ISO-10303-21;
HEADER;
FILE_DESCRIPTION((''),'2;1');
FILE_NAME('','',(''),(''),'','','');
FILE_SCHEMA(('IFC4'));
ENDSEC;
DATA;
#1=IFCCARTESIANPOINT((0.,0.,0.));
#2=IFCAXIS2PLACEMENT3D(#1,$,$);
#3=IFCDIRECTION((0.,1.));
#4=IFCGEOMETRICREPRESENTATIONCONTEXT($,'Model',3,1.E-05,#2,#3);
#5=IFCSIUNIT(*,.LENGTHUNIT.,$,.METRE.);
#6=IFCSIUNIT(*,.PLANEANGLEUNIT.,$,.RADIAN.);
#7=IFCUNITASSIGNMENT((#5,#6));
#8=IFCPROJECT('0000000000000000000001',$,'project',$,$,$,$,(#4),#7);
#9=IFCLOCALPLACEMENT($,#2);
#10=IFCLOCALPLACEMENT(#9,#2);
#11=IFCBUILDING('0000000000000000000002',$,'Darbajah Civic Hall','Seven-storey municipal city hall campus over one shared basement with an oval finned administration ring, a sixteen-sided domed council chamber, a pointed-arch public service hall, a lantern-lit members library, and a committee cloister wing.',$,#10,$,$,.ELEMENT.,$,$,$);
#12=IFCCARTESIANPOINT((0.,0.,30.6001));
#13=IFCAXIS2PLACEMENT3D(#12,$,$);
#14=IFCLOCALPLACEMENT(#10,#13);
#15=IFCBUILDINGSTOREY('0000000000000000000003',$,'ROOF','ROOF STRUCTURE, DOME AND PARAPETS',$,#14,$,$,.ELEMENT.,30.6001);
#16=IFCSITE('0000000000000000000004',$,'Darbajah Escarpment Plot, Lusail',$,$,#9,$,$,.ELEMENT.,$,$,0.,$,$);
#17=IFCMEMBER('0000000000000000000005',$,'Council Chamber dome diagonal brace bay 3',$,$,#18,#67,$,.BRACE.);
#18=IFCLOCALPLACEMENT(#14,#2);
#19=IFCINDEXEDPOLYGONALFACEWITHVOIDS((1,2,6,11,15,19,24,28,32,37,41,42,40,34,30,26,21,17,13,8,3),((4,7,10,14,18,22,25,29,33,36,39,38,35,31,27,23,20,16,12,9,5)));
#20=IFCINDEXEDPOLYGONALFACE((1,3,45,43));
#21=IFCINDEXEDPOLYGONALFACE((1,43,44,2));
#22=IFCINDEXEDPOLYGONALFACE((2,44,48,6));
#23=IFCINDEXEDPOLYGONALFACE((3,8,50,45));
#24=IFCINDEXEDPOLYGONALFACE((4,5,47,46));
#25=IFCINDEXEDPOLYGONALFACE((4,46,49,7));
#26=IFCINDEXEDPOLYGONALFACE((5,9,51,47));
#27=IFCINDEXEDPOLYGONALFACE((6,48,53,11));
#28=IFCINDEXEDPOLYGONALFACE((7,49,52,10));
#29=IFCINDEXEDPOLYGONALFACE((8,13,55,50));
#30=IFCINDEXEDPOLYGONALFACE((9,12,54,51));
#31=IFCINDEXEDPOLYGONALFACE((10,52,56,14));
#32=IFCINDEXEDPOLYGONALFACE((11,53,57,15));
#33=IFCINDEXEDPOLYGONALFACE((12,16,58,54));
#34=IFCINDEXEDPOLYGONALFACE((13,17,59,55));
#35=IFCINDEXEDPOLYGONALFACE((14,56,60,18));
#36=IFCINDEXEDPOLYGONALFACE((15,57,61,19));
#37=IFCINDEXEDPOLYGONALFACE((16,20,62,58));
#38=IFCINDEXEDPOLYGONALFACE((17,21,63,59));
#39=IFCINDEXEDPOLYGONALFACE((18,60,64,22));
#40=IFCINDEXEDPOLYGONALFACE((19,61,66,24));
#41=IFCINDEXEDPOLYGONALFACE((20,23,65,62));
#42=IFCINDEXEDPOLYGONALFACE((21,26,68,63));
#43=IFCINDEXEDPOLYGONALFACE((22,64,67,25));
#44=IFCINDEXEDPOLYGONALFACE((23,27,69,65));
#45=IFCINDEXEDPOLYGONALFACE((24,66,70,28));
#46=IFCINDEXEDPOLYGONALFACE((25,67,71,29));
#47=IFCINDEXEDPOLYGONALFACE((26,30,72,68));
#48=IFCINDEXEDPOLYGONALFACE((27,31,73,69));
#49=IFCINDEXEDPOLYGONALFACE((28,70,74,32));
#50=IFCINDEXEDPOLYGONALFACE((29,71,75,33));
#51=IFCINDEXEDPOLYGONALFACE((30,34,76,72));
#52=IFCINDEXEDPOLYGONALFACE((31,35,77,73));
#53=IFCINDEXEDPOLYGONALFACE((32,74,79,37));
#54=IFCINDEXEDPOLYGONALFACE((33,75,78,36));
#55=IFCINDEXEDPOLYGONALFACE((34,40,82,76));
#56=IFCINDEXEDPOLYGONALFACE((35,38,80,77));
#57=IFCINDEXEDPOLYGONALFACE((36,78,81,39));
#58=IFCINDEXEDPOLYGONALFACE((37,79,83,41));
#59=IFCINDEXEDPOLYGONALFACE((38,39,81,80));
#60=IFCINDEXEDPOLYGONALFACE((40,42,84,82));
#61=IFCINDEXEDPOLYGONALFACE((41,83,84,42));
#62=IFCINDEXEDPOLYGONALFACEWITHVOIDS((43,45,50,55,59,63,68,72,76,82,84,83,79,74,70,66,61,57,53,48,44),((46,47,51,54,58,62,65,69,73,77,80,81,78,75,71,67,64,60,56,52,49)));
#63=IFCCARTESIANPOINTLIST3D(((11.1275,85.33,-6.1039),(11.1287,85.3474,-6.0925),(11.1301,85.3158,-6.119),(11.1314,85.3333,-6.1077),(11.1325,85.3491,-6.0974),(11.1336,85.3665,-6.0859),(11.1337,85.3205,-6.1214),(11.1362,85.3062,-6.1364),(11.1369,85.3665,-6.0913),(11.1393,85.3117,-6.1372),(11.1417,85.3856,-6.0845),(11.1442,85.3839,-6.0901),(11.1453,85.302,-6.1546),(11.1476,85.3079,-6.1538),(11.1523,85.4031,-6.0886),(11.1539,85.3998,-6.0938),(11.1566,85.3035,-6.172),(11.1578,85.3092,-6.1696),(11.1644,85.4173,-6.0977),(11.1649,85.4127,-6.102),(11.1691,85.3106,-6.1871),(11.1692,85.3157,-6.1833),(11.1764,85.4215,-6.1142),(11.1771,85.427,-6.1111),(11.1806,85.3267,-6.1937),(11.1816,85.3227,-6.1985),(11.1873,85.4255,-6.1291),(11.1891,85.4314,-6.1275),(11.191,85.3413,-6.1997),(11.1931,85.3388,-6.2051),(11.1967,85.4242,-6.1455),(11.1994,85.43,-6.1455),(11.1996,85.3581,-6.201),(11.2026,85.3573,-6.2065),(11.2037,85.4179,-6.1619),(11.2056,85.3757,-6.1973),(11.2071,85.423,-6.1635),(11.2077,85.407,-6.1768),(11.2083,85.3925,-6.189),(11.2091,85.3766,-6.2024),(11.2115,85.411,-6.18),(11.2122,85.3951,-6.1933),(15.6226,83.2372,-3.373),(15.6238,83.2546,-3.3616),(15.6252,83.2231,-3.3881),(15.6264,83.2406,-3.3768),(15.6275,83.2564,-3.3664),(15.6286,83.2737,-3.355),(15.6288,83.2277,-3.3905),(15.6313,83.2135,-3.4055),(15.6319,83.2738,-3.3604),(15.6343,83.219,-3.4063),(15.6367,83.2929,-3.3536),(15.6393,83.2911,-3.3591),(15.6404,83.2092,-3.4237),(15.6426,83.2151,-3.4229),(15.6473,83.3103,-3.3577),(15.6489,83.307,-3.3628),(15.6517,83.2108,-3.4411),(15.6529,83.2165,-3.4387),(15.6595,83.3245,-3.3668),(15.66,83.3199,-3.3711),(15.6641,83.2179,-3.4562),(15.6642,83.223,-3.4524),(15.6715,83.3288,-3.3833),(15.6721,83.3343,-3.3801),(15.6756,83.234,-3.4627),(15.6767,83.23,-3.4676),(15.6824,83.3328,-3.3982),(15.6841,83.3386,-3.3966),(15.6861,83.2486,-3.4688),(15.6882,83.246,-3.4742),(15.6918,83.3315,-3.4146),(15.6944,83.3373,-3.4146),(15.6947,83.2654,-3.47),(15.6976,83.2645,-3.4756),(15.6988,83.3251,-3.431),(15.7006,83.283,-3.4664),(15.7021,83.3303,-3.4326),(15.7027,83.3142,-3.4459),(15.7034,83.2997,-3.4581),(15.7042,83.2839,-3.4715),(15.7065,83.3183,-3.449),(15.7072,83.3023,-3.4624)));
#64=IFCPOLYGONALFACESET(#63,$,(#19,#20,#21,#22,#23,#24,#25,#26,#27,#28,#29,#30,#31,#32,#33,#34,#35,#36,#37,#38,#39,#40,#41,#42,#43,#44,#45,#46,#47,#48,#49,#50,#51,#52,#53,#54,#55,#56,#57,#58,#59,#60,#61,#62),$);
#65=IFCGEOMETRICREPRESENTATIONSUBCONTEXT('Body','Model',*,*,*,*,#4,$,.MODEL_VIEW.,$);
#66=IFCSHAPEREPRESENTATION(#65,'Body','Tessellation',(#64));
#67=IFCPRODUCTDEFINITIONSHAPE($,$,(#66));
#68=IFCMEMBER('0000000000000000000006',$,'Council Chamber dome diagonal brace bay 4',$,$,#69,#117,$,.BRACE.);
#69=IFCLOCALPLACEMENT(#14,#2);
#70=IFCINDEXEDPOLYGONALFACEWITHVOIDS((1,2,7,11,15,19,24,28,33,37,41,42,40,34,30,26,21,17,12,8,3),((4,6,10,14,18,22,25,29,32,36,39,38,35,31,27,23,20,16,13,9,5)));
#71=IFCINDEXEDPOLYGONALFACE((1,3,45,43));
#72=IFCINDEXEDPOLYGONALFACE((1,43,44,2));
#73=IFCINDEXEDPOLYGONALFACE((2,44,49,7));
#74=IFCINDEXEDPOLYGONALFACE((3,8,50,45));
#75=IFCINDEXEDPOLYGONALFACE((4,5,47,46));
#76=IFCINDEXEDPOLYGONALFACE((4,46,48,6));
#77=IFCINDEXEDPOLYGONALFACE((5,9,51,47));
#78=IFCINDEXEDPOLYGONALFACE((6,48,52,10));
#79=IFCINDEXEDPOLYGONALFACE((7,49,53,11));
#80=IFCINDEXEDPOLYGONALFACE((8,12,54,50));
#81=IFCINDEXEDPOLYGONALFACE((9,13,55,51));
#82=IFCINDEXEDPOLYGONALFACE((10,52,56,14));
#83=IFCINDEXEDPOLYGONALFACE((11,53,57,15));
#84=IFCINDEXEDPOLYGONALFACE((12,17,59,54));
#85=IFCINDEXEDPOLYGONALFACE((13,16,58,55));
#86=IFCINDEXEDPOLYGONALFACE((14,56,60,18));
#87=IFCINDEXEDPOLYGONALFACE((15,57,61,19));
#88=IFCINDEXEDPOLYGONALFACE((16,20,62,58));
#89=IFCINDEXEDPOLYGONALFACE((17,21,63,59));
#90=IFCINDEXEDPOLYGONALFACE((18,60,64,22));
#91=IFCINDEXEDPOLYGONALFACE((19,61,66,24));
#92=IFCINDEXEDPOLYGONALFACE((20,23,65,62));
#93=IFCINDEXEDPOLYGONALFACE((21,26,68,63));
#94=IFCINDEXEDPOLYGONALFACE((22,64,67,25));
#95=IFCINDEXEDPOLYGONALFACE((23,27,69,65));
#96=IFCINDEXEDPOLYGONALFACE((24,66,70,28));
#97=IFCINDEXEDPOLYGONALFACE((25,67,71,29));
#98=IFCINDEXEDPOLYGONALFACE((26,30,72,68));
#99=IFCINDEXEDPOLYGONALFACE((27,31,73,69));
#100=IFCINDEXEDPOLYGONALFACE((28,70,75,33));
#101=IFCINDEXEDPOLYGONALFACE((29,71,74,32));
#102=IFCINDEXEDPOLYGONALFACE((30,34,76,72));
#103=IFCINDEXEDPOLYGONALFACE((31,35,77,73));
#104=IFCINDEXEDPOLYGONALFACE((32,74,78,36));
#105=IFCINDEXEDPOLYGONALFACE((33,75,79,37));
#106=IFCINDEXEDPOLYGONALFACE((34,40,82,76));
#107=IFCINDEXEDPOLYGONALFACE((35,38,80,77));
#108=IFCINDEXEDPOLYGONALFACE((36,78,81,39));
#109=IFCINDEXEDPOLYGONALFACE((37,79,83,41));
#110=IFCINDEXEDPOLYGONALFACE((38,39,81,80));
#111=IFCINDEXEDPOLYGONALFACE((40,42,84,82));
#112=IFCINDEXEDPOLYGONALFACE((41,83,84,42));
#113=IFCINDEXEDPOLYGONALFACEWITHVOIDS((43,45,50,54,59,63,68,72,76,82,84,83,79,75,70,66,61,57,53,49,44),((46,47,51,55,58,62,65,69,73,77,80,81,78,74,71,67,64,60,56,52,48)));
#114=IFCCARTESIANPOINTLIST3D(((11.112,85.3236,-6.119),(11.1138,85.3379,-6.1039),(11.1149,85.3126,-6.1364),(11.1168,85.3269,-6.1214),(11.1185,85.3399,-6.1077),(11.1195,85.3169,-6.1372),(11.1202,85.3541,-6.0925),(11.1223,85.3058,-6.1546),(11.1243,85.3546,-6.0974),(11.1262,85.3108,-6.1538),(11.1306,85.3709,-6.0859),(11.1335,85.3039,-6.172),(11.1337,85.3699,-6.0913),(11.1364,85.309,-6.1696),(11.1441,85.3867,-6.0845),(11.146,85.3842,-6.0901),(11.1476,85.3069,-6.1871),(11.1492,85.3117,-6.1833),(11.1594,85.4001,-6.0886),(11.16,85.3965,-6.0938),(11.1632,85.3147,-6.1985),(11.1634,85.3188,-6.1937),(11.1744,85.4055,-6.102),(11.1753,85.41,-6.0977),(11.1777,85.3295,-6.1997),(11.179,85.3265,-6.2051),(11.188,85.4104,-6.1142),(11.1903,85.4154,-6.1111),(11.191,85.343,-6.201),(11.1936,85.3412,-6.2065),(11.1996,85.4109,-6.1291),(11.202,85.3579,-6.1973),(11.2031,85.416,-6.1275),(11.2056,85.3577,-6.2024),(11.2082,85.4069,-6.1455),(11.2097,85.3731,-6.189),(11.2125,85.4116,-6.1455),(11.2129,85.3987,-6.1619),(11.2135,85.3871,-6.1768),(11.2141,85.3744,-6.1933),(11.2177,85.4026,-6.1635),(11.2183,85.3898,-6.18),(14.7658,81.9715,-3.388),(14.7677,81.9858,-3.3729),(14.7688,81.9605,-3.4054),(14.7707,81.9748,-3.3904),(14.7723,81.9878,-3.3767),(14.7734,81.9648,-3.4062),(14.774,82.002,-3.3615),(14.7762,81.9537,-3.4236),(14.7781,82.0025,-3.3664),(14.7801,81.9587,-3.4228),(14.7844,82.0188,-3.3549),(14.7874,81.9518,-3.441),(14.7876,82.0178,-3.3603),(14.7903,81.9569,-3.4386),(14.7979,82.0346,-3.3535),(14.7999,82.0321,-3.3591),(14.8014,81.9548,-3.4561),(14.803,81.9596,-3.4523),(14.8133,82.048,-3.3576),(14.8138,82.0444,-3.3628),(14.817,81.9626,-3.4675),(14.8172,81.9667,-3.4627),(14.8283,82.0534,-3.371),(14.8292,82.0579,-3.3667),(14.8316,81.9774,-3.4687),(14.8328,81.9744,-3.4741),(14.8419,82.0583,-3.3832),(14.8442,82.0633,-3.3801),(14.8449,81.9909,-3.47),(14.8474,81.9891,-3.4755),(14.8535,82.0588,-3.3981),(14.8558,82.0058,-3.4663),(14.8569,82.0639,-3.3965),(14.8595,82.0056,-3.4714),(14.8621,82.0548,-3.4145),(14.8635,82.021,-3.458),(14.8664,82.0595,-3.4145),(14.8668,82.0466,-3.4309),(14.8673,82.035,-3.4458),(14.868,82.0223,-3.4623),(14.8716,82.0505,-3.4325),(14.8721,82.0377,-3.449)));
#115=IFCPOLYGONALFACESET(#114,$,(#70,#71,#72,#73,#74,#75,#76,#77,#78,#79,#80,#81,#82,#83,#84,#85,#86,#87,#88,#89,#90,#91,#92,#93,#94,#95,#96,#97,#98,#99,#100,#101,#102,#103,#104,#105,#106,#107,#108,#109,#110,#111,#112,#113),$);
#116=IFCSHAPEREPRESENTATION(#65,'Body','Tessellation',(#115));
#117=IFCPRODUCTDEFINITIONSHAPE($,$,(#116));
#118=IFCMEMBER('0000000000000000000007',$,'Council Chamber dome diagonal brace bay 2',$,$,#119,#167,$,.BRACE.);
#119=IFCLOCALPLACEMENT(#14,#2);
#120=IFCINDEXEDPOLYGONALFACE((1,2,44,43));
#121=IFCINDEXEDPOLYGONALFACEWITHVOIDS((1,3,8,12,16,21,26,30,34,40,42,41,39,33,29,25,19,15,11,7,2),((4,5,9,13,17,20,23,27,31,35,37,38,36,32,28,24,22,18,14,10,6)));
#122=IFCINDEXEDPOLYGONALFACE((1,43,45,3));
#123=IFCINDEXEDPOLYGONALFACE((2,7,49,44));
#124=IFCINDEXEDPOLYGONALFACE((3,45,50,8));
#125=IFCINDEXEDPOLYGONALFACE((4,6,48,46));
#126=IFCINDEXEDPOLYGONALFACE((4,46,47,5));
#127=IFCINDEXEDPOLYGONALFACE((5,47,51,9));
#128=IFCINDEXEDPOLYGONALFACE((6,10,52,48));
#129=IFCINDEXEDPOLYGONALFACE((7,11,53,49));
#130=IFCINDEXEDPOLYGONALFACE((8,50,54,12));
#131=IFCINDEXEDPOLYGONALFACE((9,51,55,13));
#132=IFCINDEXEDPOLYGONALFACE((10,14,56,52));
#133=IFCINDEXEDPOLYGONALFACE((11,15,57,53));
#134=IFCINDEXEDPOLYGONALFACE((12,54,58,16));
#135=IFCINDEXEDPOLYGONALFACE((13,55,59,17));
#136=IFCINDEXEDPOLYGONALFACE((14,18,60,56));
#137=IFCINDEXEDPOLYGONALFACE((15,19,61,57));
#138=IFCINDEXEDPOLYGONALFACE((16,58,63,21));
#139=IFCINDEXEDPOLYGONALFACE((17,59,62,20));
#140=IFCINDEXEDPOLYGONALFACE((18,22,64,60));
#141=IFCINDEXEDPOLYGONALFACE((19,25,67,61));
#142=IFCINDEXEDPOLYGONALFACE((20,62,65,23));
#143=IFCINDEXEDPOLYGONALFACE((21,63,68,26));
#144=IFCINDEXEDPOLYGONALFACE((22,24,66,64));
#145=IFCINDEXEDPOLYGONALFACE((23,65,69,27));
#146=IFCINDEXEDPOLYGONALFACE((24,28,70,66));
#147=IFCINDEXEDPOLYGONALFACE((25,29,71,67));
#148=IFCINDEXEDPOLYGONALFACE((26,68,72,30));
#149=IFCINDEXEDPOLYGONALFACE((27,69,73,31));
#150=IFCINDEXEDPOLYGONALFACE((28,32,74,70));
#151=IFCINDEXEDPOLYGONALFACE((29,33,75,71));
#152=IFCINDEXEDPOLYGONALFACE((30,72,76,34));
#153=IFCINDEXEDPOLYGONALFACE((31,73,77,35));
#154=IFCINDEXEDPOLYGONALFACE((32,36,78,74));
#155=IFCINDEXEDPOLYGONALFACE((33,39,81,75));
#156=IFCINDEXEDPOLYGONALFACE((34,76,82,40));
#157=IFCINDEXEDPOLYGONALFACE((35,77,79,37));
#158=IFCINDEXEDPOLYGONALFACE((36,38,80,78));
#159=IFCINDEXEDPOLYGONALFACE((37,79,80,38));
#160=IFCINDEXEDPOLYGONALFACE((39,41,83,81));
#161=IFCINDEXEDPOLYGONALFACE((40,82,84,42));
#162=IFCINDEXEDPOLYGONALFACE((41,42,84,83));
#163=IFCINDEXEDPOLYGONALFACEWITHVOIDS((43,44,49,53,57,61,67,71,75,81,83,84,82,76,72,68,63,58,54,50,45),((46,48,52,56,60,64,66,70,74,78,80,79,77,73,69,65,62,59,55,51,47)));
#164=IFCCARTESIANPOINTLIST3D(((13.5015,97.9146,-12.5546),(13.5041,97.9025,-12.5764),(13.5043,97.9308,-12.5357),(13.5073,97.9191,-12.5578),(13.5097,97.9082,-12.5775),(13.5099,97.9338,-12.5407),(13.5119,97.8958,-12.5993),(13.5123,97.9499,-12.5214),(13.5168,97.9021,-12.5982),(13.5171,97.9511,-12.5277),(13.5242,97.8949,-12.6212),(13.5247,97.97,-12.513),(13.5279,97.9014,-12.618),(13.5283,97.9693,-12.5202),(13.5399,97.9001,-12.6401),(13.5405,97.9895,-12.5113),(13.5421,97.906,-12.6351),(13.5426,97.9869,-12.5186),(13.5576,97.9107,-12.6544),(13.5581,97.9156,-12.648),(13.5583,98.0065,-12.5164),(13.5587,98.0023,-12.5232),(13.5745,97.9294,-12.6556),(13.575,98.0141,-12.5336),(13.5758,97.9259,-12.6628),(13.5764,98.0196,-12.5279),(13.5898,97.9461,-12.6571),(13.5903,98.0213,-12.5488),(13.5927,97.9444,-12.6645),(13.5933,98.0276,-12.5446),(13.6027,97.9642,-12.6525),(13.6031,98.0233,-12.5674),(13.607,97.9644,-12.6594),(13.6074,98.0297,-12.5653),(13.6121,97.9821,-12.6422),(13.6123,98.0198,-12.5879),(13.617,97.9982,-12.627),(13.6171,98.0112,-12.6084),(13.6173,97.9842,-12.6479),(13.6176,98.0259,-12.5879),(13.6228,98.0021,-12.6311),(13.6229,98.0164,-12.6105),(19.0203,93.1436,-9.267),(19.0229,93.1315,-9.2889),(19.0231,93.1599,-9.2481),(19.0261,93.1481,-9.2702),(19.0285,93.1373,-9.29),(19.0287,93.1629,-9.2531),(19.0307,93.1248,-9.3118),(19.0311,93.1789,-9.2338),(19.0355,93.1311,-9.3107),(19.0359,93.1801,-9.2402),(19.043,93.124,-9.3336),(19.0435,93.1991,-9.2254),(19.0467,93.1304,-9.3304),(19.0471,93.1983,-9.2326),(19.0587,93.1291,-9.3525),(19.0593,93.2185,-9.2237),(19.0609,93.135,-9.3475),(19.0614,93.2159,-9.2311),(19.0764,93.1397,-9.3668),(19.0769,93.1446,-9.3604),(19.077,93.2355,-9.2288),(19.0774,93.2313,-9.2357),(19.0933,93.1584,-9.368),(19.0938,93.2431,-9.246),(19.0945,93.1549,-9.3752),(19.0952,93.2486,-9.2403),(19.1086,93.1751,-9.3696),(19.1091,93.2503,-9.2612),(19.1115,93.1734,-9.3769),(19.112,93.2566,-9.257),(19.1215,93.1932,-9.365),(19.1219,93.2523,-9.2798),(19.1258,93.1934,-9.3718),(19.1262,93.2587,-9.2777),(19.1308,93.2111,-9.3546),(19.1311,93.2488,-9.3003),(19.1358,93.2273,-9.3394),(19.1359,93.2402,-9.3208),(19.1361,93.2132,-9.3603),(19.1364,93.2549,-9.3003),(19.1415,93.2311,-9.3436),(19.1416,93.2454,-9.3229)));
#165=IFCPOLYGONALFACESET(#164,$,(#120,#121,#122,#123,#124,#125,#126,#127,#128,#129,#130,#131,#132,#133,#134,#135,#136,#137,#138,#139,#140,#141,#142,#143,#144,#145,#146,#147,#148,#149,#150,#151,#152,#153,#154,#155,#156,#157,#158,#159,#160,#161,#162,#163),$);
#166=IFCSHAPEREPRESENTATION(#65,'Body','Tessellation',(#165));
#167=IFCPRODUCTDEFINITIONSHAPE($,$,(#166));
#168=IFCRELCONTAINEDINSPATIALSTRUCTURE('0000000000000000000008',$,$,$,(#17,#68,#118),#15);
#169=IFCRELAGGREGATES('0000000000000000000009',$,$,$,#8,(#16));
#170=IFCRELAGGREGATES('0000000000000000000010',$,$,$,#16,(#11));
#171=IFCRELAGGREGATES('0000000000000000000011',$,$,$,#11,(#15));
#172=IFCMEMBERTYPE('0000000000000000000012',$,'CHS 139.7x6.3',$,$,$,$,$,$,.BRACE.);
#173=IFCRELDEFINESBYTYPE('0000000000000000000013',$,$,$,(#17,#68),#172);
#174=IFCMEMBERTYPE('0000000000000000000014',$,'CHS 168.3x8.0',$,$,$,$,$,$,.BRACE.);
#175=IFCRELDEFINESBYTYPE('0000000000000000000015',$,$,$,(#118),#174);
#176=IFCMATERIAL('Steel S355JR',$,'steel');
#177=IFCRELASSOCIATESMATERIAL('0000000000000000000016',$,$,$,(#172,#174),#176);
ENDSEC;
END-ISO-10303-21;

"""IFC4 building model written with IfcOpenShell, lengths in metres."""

from ifc_helpers import new_model, si_unit, direction, frame, origin, origin_2d, place, context, subcontext, project, spatial, hollow_circle, extrude, material, material_profile, profile_set, type_object, element, save


model = new_model("IFC4")

# Units and contexts
model_context = context("Model", 3, precision=1e-05, world=origin(), true_north=direction((0.0, 1.0)))
body_context = subcontext(model_context, "Body", "Model", "MODEL_VIEW")
ifc_project = project(units=[si_unit("LENGTHUNIT", "METRE"), si_unit("PLANEANGLEUNIT", "RADIAN")], contexts=[model_context])

# Site, building, storey
site_placement = place(None, origin())
site = spatial("IfcSite", under=ifc_project, at=site_placement, Name="Darbajah Escarpment Plot, Lusail", CompositionType="ELEMENT", RefElevation=0.0)
building_placement = place(site_placement, origin())
building = spatial("IfcBuilding", under=site, at=building_placement, Name="Darbajah Civic Hall", Description="Seven-storey municipal city hall campus over one shared basement with an oval finned administration ring, a sixteen-sided domed council chamber, a pointed-arch public service hall, a lantern-lit members library, and a committee cloister wing.", CompositionType="ELEMENT")
storey_placement = place(building_placement, frame((0.0, 0.0, 30.6001)))
storey = spatial("IfcBuildingStorey", under=building, at=storey_placement, Name="ROOF", Description="ROOF STRUCTURE, DOME AND PARAPETS", CompositionType="ELEMENT", Elevation=30.6001)

# Members
ifc_material = material(Name="Steel S355JR", Category="steel")
ifc_material_profile_1 = material_profile(ifc_material, hollow_circle(Radius=0.0698, WallThickness=0.0063, at=origin_2d()), Name="CHS 139.7x6.3")
ifc_profile_set_1 = profile_set([ifc_material_profile_1], Name="Steel S355JR")
member_type_1 = type_object("IfcMemberType", Name="CHS 139.7x6.3", PredefinedType="BRACE", material=ifc_profile_set_1)
for number, where, z_axis, x_axis, name in (
    (1, (11.1699, 85.3667, -6.1455), (0.794087, -0.3697, 0.482439), (0.422066, 0.906565, 0.0), "Council Chamber dome diagonal brace bay 3"),
):
    element("IfcMember", number, at=place(storey_placement, frame(where, z_axis=z_axis, x_axis=x_axis)), inside=storey, type_object=member_type_1, Name=name, PredefinedType="BRACE", context=body_context, shape_type="SweptSolid", body=[
        extrude(hollow_circle(Radius=0.0698, WallThickness=0.0063, at=origin_2d()), origin(), (0.0, 0.0, 1.0), 5.6606),
    ])
member_1_placement = place(storey_placement, frame((11.1653, 85.3601, -6.1455), z_axis=(0.645458, -0.592151, 0.482433), x_axis=(0.676023, 0.73688, 0.0)))
element("IfcMember", 2, at=member_1_placement, inside=storey, type_object=member_type_1, Name="Council Chamber dome diagonal brace bay 4", PredefinedType="BRACE", context=body_context, shape_type="SweptSolid", body=[
    extrude(hollow_circle(Radius=0.0698, WallThickness=0.0063, at=origin_2d()), origin(), (0.0, 0.0, 1.0), 5.6609),
])
ifc_material_profile_2 = material_profile(ifc_material, hollow_circle(Radius=0.0842, WallThickness=0.0081, at=origin_2d()), Name="CHS 168.3x8.0")
ifc_profile_set_2 = profile_set([ifc_material_profile_2], Name="Steel S355JR")
member_type_2 = type_object("IfcMemberType", Name="CHS 168.3x8.0", PredefinedType="BRACE", material=ifc_profile_set_2)
for number, where, z_axis, x_axis, name in (
    (3, (13.5625, 97.9622, -12.5879), (0.6897, -0.596245, 0.41086), (0.653994, 0.7565, 0.0), "Council Chamber dome diagonal brace bay 2"),
):
    element("IfcMember", number, at=place(storey_placement, frame(where, z_axis=z_axis, x_axis=x_axis)), inside=storey, type_object=member_type_2, Name=name, PredefinedType="BRACE", context=body_context, shape_type="SweptSolid", body=[
        extrude(hollow_circle(Radius=0.0842, WallThickness=0.0081, at=origin_2d()), origin(), (0.0, 0.0, 1.0), 8.0017),
    ])

save(model, "model.ifc")
